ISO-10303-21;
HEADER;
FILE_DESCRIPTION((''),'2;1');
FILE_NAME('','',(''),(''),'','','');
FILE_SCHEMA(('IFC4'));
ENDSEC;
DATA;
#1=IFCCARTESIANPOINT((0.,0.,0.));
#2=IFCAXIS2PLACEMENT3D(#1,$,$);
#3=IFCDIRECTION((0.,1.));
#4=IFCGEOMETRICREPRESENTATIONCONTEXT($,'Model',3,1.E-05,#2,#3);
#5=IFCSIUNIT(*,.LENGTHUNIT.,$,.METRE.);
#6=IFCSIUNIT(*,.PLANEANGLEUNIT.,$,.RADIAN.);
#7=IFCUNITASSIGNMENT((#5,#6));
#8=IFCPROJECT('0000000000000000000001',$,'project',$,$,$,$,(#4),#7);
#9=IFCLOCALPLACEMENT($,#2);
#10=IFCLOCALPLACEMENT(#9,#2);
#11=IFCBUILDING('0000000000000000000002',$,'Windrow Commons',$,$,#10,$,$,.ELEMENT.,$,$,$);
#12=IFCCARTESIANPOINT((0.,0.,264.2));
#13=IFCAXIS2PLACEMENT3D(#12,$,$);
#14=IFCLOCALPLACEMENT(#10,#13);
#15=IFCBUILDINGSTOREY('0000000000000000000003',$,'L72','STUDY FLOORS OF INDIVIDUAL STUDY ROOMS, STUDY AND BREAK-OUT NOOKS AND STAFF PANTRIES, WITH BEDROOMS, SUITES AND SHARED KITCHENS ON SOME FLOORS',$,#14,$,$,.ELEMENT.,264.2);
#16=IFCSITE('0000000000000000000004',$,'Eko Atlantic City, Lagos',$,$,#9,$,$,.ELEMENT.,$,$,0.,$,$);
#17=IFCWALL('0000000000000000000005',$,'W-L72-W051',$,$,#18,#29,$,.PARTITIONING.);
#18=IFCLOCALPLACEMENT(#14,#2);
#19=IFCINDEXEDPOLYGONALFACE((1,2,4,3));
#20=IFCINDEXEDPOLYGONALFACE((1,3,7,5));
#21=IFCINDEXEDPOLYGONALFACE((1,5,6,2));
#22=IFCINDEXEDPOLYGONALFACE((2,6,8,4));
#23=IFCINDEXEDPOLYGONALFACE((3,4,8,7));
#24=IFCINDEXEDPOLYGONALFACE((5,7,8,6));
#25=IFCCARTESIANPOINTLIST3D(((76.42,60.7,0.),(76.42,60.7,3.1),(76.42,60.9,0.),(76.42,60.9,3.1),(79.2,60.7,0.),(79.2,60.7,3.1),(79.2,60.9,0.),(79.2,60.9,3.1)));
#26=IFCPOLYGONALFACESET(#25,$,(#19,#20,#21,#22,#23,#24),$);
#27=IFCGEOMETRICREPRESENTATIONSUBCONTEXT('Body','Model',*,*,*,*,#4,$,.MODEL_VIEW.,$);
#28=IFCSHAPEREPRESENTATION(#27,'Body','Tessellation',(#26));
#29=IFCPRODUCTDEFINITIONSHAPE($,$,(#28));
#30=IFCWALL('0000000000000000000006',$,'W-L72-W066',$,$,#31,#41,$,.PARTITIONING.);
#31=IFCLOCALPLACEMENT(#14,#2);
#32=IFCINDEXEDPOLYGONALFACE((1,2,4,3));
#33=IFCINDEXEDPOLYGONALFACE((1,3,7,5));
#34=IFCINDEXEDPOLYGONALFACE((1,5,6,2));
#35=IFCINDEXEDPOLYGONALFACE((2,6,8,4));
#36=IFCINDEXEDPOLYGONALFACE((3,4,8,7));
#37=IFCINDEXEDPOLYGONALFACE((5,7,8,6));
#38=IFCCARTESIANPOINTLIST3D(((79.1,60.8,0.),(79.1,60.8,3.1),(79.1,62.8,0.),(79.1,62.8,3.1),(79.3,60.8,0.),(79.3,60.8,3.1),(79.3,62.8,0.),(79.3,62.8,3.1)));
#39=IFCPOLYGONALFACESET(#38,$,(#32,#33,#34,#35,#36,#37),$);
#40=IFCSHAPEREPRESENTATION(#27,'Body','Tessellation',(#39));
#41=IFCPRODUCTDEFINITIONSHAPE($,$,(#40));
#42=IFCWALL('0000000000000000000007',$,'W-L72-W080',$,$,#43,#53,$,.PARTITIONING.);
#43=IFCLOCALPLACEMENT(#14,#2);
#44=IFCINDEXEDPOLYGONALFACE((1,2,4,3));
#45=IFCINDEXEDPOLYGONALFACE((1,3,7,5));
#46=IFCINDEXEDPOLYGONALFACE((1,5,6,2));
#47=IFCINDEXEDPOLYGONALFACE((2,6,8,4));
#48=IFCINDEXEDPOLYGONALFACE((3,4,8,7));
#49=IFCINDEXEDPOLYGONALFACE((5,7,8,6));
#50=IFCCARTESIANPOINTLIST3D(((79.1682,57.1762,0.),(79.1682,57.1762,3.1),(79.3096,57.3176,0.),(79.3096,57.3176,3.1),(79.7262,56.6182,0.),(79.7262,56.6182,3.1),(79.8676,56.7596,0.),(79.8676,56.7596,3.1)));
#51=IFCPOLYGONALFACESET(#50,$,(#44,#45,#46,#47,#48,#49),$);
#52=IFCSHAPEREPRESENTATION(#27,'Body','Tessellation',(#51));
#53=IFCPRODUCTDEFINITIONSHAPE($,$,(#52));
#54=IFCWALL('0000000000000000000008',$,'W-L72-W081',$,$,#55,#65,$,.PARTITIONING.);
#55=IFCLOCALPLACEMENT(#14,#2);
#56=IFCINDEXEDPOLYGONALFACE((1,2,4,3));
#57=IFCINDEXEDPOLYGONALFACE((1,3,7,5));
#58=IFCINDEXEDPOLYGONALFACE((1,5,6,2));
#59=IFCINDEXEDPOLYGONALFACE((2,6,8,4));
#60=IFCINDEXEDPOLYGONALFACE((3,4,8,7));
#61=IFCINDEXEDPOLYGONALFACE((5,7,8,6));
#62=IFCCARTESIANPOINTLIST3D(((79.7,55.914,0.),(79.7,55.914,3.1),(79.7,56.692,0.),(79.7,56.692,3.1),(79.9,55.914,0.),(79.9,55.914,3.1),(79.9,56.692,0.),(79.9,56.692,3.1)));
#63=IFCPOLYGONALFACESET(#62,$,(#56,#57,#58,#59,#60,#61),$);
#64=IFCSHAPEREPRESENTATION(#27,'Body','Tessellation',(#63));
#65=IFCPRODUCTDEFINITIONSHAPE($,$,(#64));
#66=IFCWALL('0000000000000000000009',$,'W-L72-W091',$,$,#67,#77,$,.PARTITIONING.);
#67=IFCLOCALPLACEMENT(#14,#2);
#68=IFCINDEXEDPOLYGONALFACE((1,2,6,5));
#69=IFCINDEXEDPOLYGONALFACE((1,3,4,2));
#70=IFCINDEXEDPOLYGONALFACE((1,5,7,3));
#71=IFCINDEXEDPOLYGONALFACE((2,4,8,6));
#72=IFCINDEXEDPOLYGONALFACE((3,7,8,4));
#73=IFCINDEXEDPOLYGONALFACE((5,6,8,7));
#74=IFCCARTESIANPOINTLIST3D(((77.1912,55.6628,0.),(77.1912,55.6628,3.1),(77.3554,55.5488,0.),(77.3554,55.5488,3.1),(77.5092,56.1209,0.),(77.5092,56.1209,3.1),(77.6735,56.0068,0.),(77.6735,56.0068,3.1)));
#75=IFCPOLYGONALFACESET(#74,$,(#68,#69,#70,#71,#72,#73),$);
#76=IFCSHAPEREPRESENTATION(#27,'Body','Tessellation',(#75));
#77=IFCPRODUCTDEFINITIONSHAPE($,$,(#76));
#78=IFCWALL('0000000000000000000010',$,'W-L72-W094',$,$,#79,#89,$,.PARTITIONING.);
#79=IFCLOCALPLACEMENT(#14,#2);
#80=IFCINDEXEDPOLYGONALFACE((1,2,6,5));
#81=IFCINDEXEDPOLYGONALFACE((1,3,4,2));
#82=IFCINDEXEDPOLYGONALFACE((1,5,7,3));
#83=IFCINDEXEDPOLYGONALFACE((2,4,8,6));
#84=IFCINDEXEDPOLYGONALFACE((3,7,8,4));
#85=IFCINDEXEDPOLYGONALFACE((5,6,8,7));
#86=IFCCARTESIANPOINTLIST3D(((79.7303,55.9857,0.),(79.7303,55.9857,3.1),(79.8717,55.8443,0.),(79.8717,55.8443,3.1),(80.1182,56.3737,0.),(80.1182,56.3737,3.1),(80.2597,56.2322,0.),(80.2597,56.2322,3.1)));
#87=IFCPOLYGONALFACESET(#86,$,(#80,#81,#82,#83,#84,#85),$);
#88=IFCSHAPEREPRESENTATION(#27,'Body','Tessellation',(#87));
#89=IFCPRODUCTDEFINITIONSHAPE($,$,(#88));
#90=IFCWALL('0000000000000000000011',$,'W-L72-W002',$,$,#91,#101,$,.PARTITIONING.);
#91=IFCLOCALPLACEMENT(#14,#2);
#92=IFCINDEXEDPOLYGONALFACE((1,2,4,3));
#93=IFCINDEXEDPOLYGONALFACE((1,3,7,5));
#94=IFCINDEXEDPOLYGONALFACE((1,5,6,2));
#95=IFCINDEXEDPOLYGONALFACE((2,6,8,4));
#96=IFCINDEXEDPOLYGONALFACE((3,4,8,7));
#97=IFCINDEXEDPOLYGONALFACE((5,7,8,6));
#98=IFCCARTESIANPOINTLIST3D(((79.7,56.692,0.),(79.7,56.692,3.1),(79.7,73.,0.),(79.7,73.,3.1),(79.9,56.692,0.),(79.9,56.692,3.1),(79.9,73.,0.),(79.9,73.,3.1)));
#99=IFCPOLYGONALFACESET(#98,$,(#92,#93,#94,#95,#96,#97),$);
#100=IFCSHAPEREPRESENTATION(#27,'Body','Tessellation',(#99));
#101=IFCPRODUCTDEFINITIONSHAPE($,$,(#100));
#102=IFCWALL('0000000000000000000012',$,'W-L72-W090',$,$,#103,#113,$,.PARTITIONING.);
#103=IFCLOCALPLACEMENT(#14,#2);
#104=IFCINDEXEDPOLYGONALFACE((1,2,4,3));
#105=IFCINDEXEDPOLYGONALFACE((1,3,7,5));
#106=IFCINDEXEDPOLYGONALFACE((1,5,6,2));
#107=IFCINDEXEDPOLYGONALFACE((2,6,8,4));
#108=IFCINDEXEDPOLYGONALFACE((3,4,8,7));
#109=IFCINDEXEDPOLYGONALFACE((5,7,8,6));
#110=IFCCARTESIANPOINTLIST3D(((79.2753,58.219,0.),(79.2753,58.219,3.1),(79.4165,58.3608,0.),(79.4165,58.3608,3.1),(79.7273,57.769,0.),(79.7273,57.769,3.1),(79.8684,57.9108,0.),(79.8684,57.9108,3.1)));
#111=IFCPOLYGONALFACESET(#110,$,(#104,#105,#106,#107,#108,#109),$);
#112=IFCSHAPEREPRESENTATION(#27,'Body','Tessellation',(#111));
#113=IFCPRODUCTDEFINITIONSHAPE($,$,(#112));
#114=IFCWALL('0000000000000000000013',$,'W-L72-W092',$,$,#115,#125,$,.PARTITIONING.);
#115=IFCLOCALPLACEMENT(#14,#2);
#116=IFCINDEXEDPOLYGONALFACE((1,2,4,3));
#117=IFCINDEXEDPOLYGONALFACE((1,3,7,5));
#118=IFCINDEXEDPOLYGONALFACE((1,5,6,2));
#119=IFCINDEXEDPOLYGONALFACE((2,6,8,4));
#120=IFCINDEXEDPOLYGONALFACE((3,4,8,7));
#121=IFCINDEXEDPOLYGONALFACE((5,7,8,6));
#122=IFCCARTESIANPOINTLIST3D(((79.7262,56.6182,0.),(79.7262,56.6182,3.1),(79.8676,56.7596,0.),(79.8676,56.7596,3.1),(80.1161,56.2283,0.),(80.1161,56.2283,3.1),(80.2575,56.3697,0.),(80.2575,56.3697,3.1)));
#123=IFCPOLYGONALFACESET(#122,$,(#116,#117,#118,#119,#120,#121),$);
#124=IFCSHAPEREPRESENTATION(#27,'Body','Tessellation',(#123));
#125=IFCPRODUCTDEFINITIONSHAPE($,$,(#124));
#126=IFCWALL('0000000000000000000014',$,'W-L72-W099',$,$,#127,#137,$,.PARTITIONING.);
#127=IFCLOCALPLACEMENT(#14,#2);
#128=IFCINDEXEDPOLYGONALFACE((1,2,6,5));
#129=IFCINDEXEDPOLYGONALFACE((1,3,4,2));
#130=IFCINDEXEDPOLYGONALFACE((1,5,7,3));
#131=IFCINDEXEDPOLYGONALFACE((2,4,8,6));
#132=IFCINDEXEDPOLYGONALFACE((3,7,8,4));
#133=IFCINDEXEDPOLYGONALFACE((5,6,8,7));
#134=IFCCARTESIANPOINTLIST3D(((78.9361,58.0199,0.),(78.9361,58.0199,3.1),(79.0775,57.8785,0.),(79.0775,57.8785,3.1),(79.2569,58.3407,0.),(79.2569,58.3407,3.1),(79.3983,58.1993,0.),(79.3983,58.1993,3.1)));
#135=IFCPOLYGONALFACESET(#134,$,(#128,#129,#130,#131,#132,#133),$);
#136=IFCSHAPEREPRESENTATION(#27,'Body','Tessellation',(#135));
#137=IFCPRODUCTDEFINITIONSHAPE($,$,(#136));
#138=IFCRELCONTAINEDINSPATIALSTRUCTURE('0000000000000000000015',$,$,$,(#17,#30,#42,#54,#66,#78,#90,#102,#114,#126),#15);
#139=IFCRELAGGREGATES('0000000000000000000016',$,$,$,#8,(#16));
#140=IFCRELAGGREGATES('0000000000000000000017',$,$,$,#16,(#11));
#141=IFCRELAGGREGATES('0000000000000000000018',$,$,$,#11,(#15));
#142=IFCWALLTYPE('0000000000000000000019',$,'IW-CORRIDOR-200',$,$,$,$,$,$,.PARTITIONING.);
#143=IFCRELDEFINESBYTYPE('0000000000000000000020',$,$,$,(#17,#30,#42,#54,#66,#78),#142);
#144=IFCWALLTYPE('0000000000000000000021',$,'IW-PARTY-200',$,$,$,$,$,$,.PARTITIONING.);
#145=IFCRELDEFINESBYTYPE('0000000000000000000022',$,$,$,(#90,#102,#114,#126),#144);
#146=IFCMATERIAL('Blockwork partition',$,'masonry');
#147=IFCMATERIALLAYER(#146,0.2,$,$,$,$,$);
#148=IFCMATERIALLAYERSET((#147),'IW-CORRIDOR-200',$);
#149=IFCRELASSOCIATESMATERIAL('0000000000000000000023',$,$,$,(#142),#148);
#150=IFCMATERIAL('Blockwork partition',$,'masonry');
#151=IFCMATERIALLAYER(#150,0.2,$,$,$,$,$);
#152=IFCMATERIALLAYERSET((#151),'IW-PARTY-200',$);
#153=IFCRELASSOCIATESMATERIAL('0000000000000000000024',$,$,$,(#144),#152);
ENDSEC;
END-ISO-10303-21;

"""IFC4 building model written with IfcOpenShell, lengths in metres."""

from ifc_helpers import new_model, si_unit, direction, frame, frame_2d, origin, place, context, subcontext, project, spatial, rectangle, extrude, material, layer, layer_set, type_object, element, save


model = new_model("IFC4")

# Units and contexts
model_context = context("Model", 3, precision=1e-05, world=origin(), true_north=direction((0.0, 1.0)))
body_context = subcontext(model_context, "Body", "Model", "MODEL_VIEW")
ifc_project = project(units=[si_unit("LENGTHUNIT", "METRE"), si_unit("PLANEANGLEUNIT", "RADIAN")], contexts=[model_context])

# Site, building, storey
site_placement = place(None, origin())
site = spatial("IfcSite", under=ifc_project, at=site_placement, Name="Eko Atlantic City, Lagos", CompositionType="ELEMENT", RefElevation=0.0)
building_placement = place(site_placement, origin())
building = spatial("IfcBuilding", under=site, at=building_placement, Name="Windrow Commons", CompositionType="ELEMENT")
storey_placement = place(building_placement, frame((0.0, 0.0, 264.2)))
storey = spatial("IfcBuildingStorey", under=building, at=storey_placement, Name="L72", Description="STUDY FLOORS OF INDIVIDUAL STUDY ROOMS, STUDY AND BREAK-OUT NOOKS AND STAFF PANTRIES, WITH BEDROOMS, SUITES AND SHARED KITCHENS ON SOME FLOORS", CompositionType="ELEMENT", Elevation=264.2)

# Shared definitions
ifc_material_1 = material(Name="Blockwork partition", Category="masonry")
ifc_layer_1 = layer(ifc_material_1, 0.2)
ifc_layer_set_1 = layer_set([ifc_layer_1], Name="IW-CORRIDOR-200")
wall_type_1 = type_object("IfcWallType", Name="IW-CORRIDOR-200", PredefinedType="PARTITIONING", material=ifc_layer_set_1)

# Walls
wall_1_placement = place(storey_placement, frame((76.42, 60.8, 0.0), z_axis=(0.0, 0.0, 1.0), x_axis=(1.0, 0.0, 0.0)))
element("IfcWall", 1, at=wall_1_placement, inside=storey, type_object=wall_type_1, Name="W-L72-W051", PredefinedType="PARTITIONING", context=body_context, shape_type="SweptSolid", body=[
    extrude(rectangle(XDim=2.78, YDim=0.2, at=frame_2d((1.39, 0.0))), origin(), (0.0, 0.0, 1.0), 3.1),
])
wall_2_placement = place(storey_placement, frame((79.2, 60.8, 0.0), z_axis=(0.0, 0.0, 1.0), x_axis=(0.0, 1.0, 0.0)))
element("IfcWall", 2, at=wall_2_placement, inside=storey, type_object=wall_type_1, Name="W-L72-W066", PredefinedType="PARTITIONING", context=body_context, shape_type="SweptSolid", body=[
    extrude(rectangle(XDim=2.0, YDim=0.2, at=frame_2d((1.0, 0.0))), origin(), (0.0, 0.0, 1.0), 3.1),
])
wall_3_placement = place(storey_placement, frame((79.2389, 57.2469, 0.0), z_axis=(0.0, 0.0, 1.0), x_axis=(0.707107, -0.707107, 0.0)))
element("IfcWall", 3, at=wall_3_placement, inside=storey, type_object=wall_type_1, Name="W-L72-W080", PredefinedType="PARTITIONING", context=body_context, shape_type="SweptSolid", body=[
    extrude(rectangle(XDim=0.7891, YDim=0.2, at=frame_2d((0.3946, 0.0))), origin(), (0.0, 0.0, 1.0), 3.1),
])
wall_4_placement = place(storey_placement, frame((79.8, 55.914, 0.0), z_axis=(0.0, 0.0, 1.0), x_axis=(0.0, 1.0, 0.0)))
element("IfcWall", 4, at=wall_4_placement, inside=storey, type_object=wall_type_1, Name="W-L72-W081", PredefinedType="PARTITIONING", context=body_context, shape_type="SweptSolid", body=[
    extrude(rectangle(XDim=0.778, YDim=0.2, at=frame_2d((0.389, 0.0))), origin(), (0.0, 0.0, 1.0), 3.1),
])
wall_5_placement = place(storey_placement, frame((77.2733, 55.6058, 0.0), z_axis=(0.0, 0.0, 1.0), x_axis=(0.570329, 0.821417, 0.0)))
element("IfcWall", 5, at=wall_5_placement, inside=storey, type_object=wall_type_1, Name="W-L72-W091", PredefinedType="PARTITIONING", context=body_context, shape_type="SweptSolid", body=[
    extrude(rectangle(XDim=0.5576, YDim=0.2, at=frame_2d((0.2788, 0.0))), origin(), (0.0, 0.0, 1.0), 3.1),
])
wall_6_placement = place(storey_placement, frame((79.801, 55.915, 0.0), z_axis=(0.0, 0.0, 1.0), x_axis=(0.707107, 0.707107, 0.0)))
element("IfcWall", 6, at=wall_6_placement, inside=storey, type_object=wall_type_1, Name="W-L72-W094", PredefinedType="PARTITIONING", context=body_context, shape_type="SweptSolid", body=[
    extrude(rectangle(XDim=0.5487, YDim=0.2, at=frame_2d((0.2743, 0.0))), origin(), (0.0, 0.0, 1.0), 3.1),
])
ifc_material_2 = material(Name="Blockwork partition", Category="masonry")
ifc_layer_2 = layer(ifc_material_2, 0.2)
ifc_layer_set_2 = layer_set([ifc_layer_2], Name="IW-PARTY-200")
wall_type_2 = type_object("IfcWallType", Name="IW-PARTY-200", PredefinedType="PARTITIONING", material=ifc_layer_set_2)
wall_7_placement = place(storey_placement, frame((79.8, 56.692, 0.0), z_axis=(0.0, 0.0, 1.0), x_axis=(0.0, 1.0, 0.0)))
element("IfcWall", 7, at=wall_7_placement, inside=storey, type_object=wall_type_2, Name="W-L72-W002", PredefinedType="PARTITIONING", context=body_context, shape_type="SweptSolid", body=[
    extrude(rectangle(XDim=16.308, YDim=0.2, at=frame_2d((8.154, 0.0))), origin(), (0.0, 0.0, 1.0), 3.1),
])
wall_8_placement = place(storey_placement, frame((79.3459, 58.2899, 0.0), z_axis=(0.0, 0.0, 1.0), x_axis=(0.708673, -0.705537, 0.0)))
element("IfcWall", 8, at=wall_8_placement, inside=storey, type_object=wall_type_2, Name="W-L72-W090", PredefinedType="PARTITIONING", context=body_context, shape_type="SweptSolid", body=[
    extrude(rectangle(XDim=0.6378, YDim=0.2, at=frame_2d((0.3189, 0.0))), origin(), (0.0, 0.0, 1.0), 3.1),
])
wall_9_placement = place(storey_placement, frame((79.7969, 56.6889, 0.0), z_axis=(0.0, 0.0, 1.0), x_axis=(0.707107, -0.707107, 0.0)))
element("IfcWall", 9, at=wall_9_placement, inside=storey, type_object=wall_type_2, Name="W-L72-W092", PredefinedType="PARTITIONING", context=body_context, shape_type="SweptSolid", body=[
    extrude(rectangle(XDim=0.5515, YDim=0.2, at=frame_2d((0.2757, 0.0))), origin(), (0.0, 0.0, 1.0), 3.1),
])
wall_10_placement = place(storey_placement, frame((79.0068, 57.9492, 0.0), z_axis=(0.0, 0.0, 1.0), x_axis=(0.707107, 0.707107, 0.0)))
element("IfcWall", 10, at=wall_10_placement, inside=storey, type_object=wall_type_2, Name="W-L72-W099", PredefinedType="PARTITIONING", context=body_context, shape_type="SweptSolid", body=[
    extrude(rectangle(XDim=0.4537, YDim=0.2, at=frame_2d((0.2268, 0.0))), origin(), (0.0, 0.0, 1.0), 3.1),
])

save(model, "model.ifc")
